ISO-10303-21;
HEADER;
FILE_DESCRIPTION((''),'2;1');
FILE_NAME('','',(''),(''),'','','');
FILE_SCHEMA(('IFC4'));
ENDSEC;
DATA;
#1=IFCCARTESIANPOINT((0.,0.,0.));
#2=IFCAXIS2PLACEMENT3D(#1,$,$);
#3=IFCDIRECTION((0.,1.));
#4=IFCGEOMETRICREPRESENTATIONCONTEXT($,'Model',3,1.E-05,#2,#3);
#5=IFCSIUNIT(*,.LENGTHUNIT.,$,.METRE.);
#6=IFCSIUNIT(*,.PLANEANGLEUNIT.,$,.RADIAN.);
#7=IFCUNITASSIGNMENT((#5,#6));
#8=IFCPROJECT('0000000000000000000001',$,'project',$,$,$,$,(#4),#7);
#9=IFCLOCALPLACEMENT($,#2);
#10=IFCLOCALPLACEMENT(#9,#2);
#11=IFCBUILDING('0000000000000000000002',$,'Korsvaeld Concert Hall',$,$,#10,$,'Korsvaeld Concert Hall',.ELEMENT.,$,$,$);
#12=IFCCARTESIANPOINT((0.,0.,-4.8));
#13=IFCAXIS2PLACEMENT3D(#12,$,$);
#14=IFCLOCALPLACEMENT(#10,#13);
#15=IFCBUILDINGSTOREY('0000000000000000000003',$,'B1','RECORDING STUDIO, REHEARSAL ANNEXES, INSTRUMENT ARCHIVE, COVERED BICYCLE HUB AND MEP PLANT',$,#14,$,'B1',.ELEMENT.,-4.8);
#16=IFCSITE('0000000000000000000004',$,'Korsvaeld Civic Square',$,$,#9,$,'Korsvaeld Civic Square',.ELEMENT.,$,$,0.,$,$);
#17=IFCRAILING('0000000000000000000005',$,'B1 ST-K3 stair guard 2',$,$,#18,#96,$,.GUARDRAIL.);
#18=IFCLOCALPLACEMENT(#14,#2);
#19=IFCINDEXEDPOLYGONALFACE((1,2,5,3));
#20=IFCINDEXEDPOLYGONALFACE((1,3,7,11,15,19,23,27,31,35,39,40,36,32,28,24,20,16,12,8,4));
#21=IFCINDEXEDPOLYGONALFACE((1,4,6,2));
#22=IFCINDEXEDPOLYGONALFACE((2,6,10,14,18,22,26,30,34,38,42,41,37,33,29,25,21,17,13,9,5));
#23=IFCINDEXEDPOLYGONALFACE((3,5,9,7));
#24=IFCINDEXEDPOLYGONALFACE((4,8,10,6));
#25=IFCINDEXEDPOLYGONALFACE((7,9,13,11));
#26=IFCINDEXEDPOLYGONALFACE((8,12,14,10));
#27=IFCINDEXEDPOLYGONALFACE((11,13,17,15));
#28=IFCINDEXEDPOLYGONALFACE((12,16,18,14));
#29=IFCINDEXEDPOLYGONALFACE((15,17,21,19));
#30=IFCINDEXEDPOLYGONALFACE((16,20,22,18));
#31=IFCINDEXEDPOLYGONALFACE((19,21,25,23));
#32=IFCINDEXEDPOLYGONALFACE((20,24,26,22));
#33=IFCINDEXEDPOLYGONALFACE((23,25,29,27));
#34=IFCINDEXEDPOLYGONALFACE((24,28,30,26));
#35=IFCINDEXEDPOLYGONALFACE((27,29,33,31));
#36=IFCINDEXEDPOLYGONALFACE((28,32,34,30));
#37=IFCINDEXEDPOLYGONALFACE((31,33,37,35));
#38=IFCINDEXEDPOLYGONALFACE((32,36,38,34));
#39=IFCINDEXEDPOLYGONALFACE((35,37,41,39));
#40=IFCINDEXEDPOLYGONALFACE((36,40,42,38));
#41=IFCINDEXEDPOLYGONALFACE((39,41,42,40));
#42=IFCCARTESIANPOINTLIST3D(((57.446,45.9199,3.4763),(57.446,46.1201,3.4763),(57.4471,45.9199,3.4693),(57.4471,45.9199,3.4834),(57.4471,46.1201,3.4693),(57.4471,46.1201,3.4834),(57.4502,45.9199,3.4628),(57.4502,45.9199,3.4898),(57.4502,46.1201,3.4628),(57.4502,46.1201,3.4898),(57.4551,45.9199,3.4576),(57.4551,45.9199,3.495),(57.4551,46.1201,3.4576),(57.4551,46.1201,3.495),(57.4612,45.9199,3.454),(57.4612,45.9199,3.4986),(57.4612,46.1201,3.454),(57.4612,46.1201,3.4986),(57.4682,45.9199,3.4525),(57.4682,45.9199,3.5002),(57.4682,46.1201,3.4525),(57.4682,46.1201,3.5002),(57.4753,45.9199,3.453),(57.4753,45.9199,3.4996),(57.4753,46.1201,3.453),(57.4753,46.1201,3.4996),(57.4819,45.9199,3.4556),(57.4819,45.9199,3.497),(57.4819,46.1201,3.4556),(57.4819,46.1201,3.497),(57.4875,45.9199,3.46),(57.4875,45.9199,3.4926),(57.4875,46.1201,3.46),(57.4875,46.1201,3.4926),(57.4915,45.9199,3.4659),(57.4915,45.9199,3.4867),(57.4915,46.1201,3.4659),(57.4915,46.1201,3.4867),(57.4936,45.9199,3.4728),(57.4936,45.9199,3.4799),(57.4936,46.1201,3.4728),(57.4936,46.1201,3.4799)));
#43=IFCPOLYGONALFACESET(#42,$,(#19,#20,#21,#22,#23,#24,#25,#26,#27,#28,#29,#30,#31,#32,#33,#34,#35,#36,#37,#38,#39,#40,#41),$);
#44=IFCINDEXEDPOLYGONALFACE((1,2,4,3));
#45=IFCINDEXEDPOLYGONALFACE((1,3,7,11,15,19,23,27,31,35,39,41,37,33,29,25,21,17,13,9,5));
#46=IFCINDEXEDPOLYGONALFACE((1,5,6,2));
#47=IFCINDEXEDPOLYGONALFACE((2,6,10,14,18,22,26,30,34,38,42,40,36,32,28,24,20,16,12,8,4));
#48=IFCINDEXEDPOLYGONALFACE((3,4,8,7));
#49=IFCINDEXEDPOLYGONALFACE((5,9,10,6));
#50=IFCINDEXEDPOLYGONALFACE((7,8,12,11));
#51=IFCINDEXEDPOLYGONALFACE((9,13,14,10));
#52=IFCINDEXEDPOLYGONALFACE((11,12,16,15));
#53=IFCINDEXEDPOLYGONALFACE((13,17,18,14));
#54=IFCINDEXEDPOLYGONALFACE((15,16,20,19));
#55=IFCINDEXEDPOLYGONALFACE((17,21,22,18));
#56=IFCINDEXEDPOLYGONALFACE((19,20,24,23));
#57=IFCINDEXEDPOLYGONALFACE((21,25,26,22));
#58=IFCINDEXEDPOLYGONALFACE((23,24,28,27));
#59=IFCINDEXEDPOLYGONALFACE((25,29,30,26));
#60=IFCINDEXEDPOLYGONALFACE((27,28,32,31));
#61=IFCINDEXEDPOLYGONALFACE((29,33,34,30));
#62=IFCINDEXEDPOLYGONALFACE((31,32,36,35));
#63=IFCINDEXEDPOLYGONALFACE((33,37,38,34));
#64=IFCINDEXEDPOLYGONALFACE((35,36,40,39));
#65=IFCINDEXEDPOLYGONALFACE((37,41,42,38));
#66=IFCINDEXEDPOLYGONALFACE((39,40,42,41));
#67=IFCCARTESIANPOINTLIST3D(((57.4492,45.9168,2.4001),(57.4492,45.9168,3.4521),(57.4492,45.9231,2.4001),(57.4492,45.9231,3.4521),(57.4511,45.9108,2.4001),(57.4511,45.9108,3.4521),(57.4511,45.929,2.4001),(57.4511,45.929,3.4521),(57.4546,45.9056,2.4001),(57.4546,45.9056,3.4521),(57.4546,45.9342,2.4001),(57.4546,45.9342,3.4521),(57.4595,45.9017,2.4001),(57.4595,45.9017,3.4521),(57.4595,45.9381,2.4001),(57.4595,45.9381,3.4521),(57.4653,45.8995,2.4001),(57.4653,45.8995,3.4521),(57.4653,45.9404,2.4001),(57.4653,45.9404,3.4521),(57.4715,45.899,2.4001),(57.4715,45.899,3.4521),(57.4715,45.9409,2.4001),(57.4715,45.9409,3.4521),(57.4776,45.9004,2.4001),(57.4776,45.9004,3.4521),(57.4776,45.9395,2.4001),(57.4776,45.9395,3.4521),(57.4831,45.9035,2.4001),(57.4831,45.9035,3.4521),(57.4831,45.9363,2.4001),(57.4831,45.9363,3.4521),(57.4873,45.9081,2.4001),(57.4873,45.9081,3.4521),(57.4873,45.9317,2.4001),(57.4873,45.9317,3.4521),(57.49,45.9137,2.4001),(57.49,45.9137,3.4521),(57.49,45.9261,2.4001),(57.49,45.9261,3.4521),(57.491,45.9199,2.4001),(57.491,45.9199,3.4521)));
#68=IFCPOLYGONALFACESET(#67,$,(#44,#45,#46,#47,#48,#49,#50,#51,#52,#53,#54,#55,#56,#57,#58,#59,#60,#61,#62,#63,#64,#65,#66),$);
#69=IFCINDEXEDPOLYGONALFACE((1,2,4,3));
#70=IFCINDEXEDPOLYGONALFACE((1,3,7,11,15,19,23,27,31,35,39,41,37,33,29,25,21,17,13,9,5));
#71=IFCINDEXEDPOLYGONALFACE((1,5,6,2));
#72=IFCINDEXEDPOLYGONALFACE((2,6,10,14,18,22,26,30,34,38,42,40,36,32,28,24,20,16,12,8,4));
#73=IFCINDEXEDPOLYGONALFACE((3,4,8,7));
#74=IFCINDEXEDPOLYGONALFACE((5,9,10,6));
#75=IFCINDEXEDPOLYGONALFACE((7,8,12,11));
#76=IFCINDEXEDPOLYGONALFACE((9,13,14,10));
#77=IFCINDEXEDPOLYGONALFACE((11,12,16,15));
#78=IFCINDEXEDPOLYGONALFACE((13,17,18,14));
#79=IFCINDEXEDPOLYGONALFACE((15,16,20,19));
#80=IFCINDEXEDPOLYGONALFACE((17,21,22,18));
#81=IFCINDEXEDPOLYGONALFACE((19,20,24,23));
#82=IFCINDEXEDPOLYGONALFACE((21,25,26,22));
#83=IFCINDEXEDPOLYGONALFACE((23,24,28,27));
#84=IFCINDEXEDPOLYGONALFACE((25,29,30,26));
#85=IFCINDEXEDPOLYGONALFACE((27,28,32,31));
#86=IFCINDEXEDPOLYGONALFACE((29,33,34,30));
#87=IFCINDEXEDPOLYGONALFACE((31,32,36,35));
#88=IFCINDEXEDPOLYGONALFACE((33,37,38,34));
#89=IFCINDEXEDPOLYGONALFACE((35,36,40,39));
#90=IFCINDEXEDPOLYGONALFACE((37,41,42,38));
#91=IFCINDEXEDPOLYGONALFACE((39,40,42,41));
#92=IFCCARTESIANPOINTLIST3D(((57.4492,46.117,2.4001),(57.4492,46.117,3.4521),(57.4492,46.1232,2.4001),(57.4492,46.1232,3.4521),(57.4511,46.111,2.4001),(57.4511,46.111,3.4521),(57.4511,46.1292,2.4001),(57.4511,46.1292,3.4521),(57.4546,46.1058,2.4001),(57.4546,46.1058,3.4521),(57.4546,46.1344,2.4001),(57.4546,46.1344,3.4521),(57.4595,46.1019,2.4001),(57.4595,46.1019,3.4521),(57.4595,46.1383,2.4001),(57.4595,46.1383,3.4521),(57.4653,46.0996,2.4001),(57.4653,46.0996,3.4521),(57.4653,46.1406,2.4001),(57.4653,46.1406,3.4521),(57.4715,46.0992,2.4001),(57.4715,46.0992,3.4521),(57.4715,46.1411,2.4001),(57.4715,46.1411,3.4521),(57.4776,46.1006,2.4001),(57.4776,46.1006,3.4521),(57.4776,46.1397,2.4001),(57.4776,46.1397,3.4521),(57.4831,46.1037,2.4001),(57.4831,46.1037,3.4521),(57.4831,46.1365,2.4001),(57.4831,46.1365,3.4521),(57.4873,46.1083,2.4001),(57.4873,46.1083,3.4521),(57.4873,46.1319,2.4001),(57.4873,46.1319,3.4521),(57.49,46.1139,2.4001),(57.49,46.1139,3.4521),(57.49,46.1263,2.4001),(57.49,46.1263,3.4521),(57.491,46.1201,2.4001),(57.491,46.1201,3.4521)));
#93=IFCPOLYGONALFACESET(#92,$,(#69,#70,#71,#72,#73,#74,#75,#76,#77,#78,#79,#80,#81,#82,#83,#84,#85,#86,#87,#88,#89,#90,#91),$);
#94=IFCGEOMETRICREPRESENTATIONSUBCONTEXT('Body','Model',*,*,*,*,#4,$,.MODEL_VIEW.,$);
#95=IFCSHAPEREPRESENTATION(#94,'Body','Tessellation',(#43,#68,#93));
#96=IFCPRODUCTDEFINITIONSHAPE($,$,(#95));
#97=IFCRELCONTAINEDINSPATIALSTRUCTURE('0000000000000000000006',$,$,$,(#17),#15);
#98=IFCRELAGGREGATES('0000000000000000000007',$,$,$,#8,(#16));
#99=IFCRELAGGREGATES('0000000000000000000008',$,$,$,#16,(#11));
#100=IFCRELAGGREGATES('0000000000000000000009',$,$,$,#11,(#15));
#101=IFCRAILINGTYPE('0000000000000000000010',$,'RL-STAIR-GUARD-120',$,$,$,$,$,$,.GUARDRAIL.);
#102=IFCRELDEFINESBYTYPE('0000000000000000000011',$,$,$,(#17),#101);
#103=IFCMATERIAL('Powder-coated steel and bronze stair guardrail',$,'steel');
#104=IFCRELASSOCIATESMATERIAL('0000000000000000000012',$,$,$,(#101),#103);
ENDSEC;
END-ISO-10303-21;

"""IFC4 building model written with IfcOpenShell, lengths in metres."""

from ifc_helpers import new_model, si_unit, direction, frame, origin, origin_2d, place, context, subcontext, project, spatial, circle, extrude, material, type_object, element, save


model = new_model("IFC4")

# Units and contexts
model_context = context("Model", 3, precision=1e-05, world=origin(), true_north=direction((0.0, 1.0)))
body_context = subcontext(model_context, "Body", "Model", "MODEL_VIEW")
ifc_project = project(units=[si_unit("LENGTHUNIT", "METRE"), si_unit("PLANEANGLEUNIT", "RADIAN")], contexts=[model_context])

# Site, building, storey
site_placement = place(None, origin())
site = spatial("IfcSite", under=ifc_project, at=site_placement, Name="Korsvaeld Civic Square", LongName="Korsvaeld Civic Square", CompositionType="ELEMENT", RefElevation=0.0)
building_placement = place(site_placement, origin())
building = spatial("IfcBuilding", under=site, at=building_placement, Name="Korsvaeld Concert Hall", LongName="Korsvaeld Concert Hall", CompositionType="ELEMENT")
storey_placement = place(building_placement, frame((0.0, 0.0, -4.8)))
storey = spatial("IfcBuildingStorey", under=building, at=storey_placement, Name="B1", Description="RECORDING STUDIO, REHEARSAL ANNEXES, INSTRUMENT ARCHIVE, COVERED BICYCLE HUB AND MEP PLANT", LongName="B1", CompositionType="ELEMENT", Elevation=-4.8)

# Railing
ifc_material_1 = material(Name="Powder-coated steel and bronze stair guardrail", Category="steel")
railing_type_1 = type_object("IfcRailingType", Name="RL-STAIR-GUARD-120", PredefinedType="GUARDRAIL", material=ifc_material_1)
railing_1_placement = place(storey_placement, frame((57.47, 45.9199, 2.4001)))
element("IfcRailing", 1, at=railing_1_placement, inside=storey, type_object=railing_type_1, Name="B1 ST-K3 stair guard 2", PredefinedType="GUARDRAIL", context=body_context, shape_type="SweptSolid", body=[
    extrude(circle(Radius=0.0239, at=origin_2d()), frame((0.0, 0.0, 1.0762), z_axis=(0.0, 1.0, 0.0), x_axis=(-1.0, 0.0, 0.0)), (0.0, 0.0, 1.0), 0.2002),
    extrude(circle(Radius=0.021, at=origin_2d()), origin(), (0.0, 0.0, 1.0), 1.052),
    extrude(circle(Radius=0.021, at=origin_2d()), frame((0.0, 0.2002, 0.0)), (0.0, 0.0, 1.0), 1.052),
])

save(model, "model.ifc")
